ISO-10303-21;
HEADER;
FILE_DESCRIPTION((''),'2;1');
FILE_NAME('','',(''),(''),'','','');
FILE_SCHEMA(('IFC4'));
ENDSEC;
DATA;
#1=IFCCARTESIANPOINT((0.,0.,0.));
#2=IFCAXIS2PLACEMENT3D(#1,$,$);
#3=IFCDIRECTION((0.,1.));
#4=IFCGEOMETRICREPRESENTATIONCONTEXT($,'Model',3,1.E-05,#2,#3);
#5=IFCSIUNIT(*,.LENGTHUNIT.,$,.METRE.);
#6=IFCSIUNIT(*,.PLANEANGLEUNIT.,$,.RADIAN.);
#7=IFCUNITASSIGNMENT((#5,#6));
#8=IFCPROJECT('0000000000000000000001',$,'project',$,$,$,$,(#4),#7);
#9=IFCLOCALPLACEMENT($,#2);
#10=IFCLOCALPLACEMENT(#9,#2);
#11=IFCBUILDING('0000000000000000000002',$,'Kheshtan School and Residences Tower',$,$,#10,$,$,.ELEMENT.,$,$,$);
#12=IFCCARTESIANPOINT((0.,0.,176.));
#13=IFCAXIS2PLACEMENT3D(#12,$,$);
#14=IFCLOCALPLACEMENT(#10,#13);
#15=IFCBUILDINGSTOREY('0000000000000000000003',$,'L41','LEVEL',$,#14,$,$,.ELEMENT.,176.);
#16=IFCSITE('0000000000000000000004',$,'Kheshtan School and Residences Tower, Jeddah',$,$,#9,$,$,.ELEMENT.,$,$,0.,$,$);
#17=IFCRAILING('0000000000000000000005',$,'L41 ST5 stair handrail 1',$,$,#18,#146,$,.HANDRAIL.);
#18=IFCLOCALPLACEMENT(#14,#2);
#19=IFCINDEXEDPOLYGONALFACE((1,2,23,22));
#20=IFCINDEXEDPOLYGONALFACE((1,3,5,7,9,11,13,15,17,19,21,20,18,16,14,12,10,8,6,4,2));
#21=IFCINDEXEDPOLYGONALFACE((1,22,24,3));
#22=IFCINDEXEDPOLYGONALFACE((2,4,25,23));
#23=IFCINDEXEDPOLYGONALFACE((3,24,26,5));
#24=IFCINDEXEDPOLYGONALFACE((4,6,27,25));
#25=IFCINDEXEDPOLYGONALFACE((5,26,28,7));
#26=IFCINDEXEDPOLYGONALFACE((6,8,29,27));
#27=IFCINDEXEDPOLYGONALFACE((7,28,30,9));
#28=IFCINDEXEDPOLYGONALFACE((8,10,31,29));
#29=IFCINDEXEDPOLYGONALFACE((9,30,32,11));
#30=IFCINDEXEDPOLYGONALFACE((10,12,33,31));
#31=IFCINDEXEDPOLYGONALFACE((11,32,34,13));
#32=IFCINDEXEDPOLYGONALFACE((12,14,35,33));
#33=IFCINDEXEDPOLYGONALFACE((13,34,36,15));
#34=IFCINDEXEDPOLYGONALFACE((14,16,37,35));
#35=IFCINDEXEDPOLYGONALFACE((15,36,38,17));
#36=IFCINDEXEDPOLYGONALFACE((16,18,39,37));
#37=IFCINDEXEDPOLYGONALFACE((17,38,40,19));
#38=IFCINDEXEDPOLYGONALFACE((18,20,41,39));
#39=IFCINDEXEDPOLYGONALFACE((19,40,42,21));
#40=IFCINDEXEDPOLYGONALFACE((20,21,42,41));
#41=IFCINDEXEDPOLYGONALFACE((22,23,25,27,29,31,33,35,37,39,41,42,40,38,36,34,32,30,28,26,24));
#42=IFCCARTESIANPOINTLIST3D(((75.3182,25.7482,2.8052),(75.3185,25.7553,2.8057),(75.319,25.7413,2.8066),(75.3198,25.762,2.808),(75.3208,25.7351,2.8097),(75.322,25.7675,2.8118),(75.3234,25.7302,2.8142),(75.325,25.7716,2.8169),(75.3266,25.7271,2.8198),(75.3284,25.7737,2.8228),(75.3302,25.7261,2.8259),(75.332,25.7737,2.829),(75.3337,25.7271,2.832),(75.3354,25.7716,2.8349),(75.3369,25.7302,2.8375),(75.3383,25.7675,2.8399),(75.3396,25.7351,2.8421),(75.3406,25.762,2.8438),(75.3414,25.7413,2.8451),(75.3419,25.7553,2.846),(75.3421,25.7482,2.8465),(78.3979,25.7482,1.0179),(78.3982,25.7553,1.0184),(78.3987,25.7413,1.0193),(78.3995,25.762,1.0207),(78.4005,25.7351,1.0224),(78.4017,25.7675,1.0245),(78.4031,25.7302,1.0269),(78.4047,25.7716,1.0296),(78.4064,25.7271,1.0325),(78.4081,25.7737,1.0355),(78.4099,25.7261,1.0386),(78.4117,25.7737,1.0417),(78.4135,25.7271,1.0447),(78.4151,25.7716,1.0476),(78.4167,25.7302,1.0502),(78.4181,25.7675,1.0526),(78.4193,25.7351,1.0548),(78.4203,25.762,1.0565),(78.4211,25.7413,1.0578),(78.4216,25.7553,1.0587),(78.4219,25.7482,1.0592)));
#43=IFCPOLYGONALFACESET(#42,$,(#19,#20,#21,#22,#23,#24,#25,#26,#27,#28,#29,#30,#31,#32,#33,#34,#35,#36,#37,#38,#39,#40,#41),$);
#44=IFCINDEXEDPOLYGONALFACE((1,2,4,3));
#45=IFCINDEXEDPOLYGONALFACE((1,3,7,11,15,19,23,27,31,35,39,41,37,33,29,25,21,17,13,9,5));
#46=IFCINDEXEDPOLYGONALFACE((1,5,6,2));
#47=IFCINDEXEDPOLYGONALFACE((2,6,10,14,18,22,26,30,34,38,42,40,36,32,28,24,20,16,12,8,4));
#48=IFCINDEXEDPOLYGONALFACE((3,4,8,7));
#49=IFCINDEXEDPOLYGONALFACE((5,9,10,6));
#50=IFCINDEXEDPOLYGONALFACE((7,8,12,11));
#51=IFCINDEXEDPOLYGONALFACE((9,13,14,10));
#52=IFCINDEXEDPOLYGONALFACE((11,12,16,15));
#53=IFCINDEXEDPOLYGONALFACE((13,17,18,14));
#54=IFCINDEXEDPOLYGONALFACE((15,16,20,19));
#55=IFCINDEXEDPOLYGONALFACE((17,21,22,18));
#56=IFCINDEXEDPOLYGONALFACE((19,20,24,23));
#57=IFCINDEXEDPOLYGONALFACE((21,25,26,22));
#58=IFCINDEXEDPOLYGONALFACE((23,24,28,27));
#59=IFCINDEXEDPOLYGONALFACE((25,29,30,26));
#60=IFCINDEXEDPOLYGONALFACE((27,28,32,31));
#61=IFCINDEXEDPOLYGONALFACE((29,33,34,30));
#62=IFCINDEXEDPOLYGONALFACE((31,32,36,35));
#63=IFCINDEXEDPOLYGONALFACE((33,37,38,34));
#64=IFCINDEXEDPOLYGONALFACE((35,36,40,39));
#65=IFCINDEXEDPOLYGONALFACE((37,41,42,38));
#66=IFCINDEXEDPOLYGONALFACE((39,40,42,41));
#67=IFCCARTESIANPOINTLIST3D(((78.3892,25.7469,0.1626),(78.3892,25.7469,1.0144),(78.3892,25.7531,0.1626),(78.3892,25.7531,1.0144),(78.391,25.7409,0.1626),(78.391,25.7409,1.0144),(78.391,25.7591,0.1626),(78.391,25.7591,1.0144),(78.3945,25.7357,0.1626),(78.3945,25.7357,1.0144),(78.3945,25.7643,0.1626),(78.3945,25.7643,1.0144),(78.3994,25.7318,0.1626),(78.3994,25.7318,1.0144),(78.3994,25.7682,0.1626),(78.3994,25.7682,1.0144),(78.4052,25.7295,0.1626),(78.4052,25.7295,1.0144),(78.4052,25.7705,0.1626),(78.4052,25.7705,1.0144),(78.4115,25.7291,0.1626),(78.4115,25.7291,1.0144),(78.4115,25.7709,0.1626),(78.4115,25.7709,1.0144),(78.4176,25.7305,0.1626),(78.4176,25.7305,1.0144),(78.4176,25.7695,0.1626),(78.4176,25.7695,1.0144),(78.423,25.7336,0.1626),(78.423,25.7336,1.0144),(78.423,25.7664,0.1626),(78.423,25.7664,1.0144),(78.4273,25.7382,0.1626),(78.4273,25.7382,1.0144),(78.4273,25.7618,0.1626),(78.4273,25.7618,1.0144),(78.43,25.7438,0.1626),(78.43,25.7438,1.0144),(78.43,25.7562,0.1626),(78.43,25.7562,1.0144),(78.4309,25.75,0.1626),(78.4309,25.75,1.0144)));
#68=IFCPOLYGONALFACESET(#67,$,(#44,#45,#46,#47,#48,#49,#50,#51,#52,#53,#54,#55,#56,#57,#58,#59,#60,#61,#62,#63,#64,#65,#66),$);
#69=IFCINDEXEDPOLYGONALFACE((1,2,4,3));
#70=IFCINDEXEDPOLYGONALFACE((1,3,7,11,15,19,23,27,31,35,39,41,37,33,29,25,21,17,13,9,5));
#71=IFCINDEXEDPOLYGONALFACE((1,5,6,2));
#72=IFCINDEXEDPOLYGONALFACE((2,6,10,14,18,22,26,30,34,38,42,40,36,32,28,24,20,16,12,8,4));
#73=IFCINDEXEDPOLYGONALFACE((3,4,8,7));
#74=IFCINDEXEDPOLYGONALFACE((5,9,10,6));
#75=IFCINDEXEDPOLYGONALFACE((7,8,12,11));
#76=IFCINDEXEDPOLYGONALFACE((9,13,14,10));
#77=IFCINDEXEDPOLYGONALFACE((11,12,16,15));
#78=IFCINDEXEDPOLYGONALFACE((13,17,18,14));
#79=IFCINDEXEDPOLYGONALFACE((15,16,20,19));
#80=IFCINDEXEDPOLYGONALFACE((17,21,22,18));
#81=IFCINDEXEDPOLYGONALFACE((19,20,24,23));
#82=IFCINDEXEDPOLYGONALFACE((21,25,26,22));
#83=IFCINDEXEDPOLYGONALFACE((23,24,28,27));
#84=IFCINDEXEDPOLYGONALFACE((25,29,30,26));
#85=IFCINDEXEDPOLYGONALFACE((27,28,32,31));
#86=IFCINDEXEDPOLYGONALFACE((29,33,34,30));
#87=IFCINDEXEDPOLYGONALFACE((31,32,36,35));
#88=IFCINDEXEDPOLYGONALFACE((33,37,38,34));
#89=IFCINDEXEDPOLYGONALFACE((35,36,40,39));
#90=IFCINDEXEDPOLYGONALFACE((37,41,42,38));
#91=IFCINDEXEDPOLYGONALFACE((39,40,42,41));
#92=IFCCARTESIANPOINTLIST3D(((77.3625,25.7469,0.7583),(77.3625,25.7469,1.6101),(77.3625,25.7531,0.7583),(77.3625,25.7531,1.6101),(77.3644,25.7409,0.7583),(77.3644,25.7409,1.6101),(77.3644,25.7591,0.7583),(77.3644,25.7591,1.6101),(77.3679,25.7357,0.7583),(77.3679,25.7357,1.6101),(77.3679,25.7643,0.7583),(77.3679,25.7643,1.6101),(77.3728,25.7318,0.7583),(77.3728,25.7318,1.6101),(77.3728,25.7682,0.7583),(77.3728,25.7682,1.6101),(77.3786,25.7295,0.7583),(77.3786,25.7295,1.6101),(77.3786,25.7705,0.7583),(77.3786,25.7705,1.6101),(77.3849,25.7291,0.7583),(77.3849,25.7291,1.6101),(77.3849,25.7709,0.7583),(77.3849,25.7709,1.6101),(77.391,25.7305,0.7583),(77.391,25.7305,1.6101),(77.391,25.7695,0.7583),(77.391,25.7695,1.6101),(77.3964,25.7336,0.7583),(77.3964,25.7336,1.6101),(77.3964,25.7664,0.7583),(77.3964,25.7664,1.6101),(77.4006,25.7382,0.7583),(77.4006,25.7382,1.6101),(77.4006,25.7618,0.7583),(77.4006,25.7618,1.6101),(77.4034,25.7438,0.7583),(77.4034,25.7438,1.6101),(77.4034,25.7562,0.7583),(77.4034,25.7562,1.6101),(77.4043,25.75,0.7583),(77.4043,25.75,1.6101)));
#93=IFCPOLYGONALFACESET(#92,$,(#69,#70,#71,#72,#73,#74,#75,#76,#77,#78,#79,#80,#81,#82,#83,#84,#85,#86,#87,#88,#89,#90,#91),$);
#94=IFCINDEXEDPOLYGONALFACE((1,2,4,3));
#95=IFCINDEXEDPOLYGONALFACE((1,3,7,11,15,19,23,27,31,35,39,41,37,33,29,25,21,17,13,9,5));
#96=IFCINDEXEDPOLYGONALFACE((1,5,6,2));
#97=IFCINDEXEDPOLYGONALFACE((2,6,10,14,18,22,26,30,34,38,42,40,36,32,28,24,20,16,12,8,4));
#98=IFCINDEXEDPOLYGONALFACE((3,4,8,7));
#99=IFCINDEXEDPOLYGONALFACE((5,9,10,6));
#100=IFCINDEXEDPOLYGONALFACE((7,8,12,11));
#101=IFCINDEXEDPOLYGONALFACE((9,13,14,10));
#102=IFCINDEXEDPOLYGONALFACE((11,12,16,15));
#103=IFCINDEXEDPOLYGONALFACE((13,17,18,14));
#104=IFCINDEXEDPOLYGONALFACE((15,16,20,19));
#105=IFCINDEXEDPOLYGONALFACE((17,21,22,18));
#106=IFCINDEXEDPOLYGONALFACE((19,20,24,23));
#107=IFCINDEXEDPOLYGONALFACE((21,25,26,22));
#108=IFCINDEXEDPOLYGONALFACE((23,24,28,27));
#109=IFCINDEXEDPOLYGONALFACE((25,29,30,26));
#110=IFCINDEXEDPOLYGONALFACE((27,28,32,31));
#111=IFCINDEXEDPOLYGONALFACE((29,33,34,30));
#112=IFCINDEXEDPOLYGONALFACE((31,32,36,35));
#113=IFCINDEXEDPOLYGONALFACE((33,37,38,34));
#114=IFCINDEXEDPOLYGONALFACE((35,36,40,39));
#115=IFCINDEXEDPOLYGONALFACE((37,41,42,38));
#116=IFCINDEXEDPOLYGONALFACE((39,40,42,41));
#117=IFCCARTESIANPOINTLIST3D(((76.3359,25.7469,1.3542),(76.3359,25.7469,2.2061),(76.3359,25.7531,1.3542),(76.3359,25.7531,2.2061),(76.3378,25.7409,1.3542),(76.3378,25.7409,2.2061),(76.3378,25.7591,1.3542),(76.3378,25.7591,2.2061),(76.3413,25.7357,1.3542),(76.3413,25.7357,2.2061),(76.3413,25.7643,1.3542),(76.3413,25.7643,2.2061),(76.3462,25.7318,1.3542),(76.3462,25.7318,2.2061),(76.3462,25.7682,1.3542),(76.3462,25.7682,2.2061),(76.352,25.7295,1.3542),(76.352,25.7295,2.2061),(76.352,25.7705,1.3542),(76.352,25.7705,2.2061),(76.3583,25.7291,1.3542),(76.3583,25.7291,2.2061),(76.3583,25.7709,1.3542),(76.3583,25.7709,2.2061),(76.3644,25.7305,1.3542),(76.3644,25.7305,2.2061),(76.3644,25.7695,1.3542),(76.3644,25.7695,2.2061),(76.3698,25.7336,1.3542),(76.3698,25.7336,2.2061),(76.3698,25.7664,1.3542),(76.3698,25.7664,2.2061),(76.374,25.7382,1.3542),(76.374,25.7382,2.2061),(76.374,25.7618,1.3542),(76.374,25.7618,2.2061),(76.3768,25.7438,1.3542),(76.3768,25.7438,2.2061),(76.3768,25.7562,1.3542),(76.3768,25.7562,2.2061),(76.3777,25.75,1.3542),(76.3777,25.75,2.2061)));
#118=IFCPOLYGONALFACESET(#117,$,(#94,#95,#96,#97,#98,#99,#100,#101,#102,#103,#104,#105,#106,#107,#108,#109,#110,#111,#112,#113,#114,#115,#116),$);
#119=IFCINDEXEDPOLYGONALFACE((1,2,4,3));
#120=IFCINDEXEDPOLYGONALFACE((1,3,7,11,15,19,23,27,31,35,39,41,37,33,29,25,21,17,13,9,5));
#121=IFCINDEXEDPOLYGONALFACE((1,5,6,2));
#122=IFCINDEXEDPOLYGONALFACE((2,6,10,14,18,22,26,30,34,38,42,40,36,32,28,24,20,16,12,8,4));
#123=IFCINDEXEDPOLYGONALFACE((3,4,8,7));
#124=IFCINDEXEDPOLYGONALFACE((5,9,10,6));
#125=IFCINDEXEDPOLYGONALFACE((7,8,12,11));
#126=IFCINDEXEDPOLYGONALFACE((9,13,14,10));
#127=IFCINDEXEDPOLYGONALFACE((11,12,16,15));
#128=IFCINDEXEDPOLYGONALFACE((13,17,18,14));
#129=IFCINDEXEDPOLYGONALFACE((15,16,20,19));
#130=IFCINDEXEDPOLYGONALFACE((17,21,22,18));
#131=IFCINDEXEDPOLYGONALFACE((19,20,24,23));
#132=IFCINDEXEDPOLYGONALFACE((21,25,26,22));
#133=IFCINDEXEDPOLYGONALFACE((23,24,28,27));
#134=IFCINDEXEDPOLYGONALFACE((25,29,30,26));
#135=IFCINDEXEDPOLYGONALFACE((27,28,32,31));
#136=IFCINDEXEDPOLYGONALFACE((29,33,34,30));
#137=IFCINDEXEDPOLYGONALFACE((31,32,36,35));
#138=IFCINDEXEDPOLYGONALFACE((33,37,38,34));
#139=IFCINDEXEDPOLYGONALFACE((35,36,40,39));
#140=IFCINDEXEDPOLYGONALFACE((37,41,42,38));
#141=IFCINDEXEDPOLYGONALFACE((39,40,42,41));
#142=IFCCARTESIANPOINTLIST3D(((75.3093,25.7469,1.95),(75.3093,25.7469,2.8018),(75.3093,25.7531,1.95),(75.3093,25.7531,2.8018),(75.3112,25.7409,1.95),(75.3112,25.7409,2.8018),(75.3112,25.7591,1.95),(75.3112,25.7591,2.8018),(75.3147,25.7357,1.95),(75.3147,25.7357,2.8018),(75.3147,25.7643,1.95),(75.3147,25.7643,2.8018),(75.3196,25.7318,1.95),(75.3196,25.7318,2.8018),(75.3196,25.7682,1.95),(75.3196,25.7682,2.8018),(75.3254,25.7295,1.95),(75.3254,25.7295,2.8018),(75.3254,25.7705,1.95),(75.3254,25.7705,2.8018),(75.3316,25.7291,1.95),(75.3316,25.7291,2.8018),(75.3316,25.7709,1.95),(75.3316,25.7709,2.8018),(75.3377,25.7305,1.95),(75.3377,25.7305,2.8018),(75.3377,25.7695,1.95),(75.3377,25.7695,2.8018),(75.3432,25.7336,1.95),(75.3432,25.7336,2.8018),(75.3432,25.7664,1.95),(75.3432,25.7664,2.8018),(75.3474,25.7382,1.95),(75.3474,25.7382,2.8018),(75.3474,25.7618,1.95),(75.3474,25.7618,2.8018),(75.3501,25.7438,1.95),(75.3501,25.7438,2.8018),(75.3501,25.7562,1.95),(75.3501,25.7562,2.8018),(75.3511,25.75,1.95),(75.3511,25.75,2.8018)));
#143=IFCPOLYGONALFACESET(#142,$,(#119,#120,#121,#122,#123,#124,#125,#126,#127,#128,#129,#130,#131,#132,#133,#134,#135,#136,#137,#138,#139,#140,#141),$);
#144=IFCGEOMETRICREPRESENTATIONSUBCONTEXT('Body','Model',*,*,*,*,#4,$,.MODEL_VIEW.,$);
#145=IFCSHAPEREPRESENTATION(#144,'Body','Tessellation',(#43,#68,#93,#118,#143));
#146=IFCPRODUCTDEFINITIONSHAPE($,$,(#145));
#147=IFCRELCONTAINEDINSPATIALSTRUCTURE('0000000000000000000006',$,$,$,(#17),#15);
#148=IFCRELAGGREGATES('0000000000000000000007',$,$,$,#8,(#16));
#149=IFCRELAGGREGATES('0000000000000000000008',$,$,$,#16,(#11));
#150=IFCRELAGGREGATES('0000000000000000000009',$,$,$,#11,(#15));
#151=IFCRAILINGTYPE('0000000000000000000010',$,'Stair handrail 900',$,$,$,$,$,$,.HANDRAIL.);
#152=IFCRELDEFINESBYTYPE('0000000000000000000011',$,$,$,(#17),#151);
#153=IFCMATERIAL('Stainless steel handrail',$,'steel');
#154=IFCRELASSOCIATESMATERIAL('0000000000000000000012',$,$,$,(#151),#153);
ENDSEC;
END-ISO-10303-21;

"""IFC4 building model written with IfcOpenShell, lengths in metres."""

from ifc_helpers import new_model, si_unit, direction, frame, origin, origin_2d, place, context, subcontext, project, spatial, circle, extrude, material, type_object, element, save


model = new_model("IFC4")

# Units and contexts
model_context = context("Model", 3, precision=1e-05, world=origin(), true_north=direction((0.0, 1.0)))
body_context = subcontext(model_context, "Body", "Model", "MODEL_VIEW")
ifc_project = project(units=[si_unit("LENGTHUNIT", "METRE"), si_unit("PLANEANGLEUNIT", "RADIAN")], contexts=[model_context])

# Site, building, storey
site_placement = place(None, origin())
site = spatial("IfcSite", under=ifc_project, at=site_placement, Name="Kheshtan School and Residences Tower, Jeddah", CompositionType="ELEMENT", RefElevation=0.0)
building_placement = place(site_placement, origin())
building = spatial("IfcBuilding", under=site, at=building_placement, Name="Kheshtan School and Residences Tower", CompositionType="ELEMENT")
storey_placement = place(building_placement, frame((0.0, 0.0, 176.0)))
storey = spatial("IfcBuildingStorey", under=building, at=storey_placement, Name="L41", Description="LEVEL", CompositionType="ELEMENT", Elevation=176.0)

# Railing
ifc_material_1 = material(Name="Stainless steel handrail", Category="steel")
railing_type_1 = type_object("IfcRailingType", Name="Stair handrail 900", PredefinedType="HANDRAIL", material=ifc_material_1)
railing_1_placement = place(storey_placement, frame((78.4099, 25.75, 0.1626)))
element("IfcRailing", 1, at=railing_1_placement, inside=storey, type_object=railing_type_1, Name="L41 ST5 stair handrail 1", PredefinedType="HANDRAIL", context=body_context, shape_type="SweptSolid", body=[
    extrude(circle(Radius=0.0239, at=origin_2d()), frame((0.0, 0.0, 0.876), z_axis=(-0.864903, 0.0, 0.501939), x_axis=(0.0, -1.0, 0.0)), (0.0, 0.0, 1.0), 3.5608),
    extrude(circle(Radius=0.021, at=origin_2d()), origin(), (0.0, 0.0, 1.0), 0.8518),
    extrude(circle(Radius=0.021, at=origin_2d()), frame((-1.0266, 0.0, 0.5957)), (0.0, 0.0, 1.0), 0.8518),
    extrude(circle(Radius=0.021, at=origin_2d()), frame((-2.0532, 0.0, 1.1917)), (0.0, 0.0, 1.0), 0.8518),
    extrude(circle(Radius=0.021, at=origin_2d()), frame((-3.0798, 0.0, 1.7874)), (0.0, 0.0, 1.0), 0.8518),
])

save(model, "model.ifc")
